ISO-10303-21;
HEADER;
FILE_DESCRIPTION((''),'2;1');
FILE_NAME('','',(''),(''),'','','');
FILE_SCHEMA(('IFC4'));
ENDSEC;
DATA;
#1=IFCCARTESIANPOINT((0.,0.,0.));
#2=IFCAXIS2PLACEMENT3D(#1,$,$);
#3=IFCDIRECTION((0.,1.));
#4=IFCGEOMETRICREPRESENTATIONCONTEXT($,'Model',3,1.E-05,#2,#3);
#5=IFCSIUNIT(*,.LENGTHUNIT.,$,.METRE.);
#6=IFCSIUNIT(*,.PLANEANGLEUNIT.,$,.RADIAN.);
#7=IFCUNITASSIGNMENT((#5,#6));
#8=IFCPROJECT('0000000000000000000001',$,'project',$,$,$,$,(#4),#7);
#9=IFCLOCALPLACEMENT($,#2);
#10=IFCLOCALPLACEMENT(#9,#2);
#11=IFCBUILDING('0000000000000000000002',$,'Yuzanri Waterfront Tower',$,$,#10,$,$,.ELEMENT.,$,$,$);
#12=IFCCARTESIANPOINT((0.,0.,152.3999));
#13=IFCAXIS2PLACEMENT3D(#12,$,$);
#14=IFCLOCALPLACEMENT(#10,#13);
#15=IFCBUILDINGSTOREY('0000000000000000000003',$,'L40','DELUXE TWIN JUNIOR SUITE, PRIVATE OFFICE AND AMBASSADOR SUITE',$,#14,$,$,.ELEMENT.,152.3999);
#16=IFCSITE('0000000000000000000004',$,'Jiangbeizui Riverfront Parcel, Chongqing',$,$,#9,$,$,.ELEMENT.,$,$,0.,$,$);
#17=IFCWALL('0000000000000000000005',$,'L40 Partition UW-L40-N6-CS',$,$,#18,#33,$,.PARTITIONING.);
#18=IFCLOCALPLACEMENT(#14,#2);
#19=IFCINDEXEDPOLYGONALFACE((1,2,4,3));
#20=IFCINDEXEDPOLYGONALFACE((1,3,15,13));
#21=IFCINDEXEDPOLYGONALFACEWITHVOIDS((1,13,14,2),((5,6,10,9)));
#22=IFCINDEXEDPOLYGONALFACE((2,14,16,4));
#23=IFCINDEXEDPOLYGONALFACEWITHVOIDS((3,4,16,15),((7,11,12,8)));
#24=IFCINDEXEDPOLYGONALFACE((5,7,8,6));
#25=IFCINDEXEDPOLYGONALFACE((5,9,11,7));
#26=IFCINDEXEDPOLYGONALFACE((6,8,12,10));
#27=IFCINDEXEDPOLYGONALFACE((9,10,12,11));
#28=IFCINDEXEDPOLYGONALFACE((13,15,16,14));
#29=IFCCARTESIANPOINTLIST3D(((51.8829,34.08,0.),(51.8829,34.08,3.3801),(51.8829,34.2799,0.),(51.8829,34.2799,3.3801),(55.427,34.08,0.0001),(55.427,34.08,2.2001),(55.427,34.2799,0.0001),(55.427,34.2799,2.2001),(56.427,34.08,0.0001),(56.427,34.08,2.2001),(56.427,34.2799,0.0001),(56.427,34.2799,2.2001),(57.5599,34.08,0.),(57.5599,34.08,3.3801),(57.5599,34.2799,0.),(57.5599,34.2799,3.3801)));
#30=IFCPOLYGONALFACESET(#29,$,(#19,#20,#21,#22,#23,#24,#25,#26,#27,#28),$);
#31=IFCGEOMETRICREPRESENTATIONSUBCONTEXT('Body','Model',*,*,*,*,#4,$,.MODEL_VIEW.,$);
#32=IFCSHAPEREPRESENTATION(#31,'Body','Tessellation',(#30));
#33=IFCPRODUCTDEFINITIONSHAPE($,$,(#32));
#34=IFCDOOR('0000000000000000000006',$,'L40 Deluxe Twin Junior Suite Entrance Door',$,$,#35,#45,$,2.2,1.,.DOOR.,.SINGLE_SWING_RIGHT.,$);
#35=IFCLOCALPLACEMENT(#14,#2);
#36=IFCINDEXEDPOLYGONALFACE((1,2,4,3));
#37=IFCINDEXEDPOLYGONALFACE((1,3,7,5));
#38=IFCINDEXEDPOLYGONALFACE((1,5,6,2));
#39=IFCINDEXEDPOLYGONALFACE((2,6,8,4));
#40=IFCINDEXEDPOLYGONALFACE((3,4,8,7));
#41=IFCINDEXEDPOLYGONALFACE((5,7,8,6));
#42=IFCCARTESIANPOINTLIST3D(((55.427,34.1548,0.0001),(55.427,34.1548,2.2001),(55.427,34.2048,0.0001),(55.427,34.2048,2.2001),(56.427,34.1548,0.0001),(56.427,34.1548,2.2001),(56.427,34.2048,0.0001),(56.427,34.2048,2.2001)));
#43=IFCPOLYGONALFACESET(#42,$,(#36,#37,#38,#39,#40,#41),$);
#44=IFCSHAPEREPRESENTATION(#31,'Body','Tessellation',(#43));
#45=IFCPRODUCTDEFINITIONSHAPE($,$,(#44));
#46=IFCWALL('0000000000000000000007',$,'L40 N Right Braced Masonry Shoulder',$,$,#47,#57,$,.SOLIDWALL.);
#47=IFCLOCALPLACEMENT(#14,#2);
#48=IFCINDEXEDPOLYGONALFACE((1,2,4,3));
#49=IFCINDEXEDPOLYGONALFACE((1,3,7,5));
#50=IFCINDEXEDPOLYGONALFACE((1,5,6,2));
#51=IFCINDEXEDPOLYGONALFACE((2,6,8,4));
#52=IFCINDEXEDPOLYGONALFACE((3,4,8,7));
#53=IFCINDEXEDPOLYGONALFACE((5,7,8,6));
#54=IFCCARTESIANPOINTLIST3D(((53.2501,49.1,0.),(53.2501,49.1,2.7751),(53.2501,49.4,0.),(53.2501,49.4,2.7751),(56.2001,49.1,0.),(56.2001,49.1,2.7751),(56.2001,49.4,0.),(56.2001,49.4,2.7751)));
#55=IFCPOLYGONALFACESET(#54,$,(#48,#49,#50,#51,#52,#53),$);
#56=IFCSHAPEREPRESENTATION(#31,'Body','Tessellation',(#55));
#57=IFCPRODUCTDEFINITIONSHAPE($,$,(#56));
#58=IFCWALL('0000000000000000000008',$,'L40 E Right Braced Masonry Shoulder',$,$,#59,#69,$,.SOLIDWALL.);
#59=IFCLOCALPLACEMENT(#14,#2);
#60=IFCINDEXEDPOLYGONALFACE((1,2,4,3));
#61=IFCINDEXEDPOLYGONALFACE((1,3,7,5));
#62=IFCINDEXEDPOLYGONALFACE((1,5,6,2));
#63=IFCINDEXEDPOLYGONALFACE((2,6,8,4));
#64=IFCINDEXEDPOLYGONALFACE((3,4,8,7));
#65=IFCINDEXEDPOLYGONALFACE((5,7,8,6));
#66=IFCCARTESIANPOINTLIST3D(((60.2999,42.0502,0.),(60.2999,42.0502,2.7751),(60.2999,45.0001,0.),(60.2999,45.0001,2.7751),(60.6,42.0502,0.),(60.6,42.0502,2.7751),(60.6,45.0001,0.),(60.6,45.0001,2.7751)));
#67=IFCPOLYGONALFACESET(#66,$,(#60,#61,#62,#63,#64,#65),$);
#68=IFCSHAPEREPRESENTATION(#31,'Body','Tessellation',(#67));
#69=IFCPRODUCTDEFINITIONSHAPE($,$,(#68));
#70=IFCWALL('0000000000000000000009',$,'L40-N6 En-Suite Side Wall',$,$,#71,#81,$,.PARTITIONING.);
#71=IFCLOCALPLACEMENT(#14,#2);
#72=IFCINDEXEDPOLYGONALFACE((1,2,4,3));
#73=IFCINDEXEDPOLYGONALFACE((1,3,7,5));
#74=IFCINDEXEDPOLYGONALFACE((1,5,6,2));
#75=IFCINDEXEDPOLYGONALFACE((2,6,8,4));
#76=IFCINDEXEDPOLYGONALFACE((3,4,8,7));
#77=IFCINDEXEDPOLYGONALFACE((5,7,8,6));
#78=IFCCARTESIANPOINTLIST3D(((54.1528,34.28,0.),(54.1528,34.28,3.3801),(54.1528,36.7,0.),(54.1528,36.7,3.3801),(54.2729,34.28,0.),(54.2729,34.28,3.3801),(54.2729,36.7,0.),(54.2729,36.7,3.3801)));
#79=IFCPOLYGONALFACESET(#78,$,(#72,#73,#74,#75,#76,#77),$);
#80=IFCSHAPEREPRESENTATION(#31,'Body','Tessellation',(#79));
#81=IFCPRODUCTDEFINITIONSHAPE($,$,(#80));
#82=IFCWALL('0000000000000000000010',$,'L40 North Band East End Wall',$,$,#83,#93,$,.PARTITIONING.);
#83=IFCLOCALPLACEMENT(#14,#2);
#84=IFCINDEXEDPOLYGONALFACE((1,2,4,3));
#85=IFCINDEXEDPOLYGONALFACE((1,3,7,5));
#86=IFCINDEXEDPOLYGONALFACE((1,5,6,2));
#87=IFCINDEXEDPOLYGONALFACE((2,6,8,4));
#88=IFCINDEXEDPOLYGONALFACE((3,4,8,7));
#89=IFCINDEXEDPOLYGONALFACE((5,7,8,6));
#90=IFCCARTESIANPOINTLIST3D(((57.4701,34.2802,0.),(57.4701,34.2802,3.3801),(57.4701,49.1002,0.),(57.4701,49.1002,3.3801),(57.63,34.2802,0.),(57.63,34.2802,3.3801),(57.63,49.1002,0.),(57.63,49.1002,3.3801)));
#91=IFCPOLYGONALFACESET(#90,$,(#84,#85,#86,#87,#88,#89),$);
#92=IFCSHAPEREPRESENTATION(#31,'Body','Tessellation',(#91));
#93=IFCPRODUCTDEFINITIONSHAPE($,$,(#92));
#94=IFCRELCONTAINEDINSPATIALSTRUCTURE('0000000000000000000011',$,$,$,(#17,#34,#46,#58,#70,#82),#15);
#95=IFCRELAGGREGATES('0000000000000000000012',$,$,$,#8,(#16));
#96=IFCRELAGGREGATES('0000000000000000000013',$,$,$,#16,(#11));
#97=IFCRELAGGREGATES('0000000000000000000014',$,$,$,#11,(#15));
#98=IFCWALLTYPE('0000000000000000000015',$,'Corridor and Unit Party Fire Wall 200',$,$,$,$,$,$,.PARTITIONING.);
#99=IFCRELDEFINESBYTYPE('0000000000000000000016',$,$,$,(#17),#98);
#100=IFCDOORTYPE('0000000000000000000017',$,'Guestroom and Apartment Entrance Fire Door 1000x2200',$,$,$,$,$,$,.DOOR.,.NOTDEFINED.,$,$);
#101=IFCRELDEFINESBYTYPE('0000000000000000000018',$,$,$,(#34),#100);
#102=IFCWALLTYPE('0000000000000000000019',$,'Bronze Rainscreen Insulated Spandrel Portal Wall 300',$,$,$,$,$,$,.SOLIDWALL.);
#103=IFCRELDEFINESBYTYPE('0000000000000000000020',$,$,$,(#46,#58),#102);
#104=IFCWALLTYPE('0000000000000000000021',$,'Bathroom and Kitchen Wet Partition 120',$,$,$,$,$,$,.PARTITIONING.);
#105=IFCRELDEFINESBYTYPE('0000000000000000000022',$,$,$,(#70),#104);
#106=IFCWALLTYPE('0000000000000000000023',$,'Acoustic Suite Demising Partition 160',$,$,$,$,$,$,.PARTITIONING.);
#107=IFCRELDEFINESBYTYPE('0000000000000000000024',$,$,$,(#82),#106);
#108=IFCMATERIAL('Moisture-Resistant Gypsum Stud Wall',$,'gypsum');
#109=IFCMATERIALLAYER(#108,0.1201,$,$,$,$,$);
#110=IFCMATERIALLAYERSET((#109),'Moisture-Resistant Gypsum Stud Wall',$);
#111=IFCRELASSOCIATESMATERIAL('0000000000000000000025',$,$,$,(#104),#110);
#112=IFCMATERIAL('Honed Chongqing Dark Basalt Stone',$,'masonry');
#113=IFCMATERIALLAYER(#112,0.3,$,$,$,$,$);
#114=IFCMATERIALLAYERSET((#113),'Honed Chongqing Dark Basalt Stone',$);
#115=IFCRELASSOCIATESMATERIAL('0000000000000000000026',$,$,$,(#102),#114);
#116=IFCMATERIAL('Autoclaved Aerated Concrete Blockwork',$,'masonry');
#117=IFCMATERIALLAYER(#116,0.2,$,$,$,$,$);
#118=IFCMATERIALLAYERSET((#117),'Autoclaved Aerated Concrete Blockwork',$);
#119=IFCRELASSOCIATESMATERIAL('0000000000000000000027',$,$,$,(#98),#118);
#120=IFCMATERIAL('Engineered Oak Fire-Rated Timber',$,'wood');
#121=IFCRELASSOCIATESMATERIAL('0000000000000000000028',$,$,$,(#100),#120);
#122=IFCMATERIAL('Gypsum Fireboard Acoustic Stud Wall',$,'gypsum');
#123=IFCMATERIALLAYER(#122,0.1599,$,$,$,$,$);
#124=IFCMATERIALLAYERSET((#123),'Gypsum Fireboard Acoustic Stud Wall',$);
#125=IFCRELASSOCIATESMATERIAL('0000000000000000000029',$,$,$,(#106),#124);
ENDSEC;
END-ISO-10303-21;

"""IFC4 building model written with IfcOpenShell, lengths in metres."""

from ifc_helpers import new_model, si_unit, direction, frame, frame_2d, origin, place, context, subcontext, project, spatial, rectangle, extrude, source, transform, mapped, material, layer, layer_set, type_object, element, fill, save


model = new_model("IFC4")

# Units and contexts
model_context = context("Model", 3, precision=1e-05, world=origin(), true_north=direction((0.0, 1.0)))
body_context = subcontext(model_context, "Body", "Model", "MODEL_VIEW")
ifc_project = project(units=[si_unit("LENGTHUNIT", "METRE"), si_unit("PLANEANGLEUNIT", "RADIAN")], contexts=[model_context])

# Site, building, storey
site_placement = place(None, origin())
site = spatial("IfcSite", under=ifc_project, at=site_placement, Name="Jiangbeizui Riverfront Parcel, Chongqing", CompositionType="ELEMENT", RefElevation=0.0)
building_placement = place(site_placement, origin())
building = spatial("IfcBuilding", under=site, at=building_placement, Name="Yuzanri Waterfront Tower", CompositionType="ELEMENT")
storey_placement = place(building_placement, frame((0.0, 0.0, 152.3999)))
storey = spatial("IfcBuildingStorey", under=building, at=storey_placement, Name="L40", Description="DELUXE TWIN JUNIOR SUITE, PRIVATE OFFICE AND AMBASSADOR SUITE", CompositionType="ELEMENT", Elevation=152.3999)

# Shared definitions
ifc_material_1 = material(Name="Moisture-Resistant Gypsum Stud Wall", Category="gypsum")
ifc_layer_1 = layer(ifc_material_1, 0.1201)
ifc_layer_set_1 = layer_set([ifc_layer_1], Name="Moisture-Resistant Gypsum Stud Wall")
wall_type_1 = type_object("IfcWallType", Name="Bathroom and Kitchen Wet Partition 120", PredefinedType="PARTITIONING", material=ifc_layer_set_1)

# Shared definitions
ifc_material_2 = material(Name="Honed Chongqing Dark Basalt Stone", Category="masonry")
ifc_layer_2 = layer(ifc_material_2, 0.3)
ifc_layer_set_2 = layer_set([ifc_layer_2], Name="Honed Chongqing Dark Basalt Stone")
wall_type_2 = type_object("IfcWallType", Name="Bronze Rainscreen Insulated Spandrel Portal Wall 300", PredefinedType="SOLIDWALL", material=ifc_layer_set_2)

# Wall, opening, door
ifc_material_3 = material(Name="Autoclaved Aerated Concrete Blockwork", Category="masonry")
ifc_layer_3 = layer(ifc_material_3, 0.2)
ifc_layer_set_3 = layer_set([ifc_layer_3], Name="Autoclaved Aerated Concrete Blockwork")
wall_type_3 = type_object("IfcWallType", Name="Corridor and Unit Party Fire Wall 200", PredefinedType="PARTITIONING", material=ifc_layer_set_3)
wall_1_placement = place(storey_placement, frame((51.8831, 34.1799, 0.0), z_axis=(0.0, 0.0, 1.0), x_axis=(1.0, 0.0, 0.0)))
wall_1 = element("IfcWall", 1, at=wall_1_placement, inside=storey, type_object=wall_type_3, Name="L40 Partition UW-L40-N6-CS", PredefinedType="PARTITIONING", context=body_context, shape_type="SweptSolid", body=[
    extrude(rectangle(XDim=5.677, YDim=0.2, at=frame_2d((2.8384, 0.0))), origin(), (0.0, 0.0, 1.0), 3.3801),
])
opening_1_placement = place(wall_1_placement, frame((3.5439, 0.0, 0.0)))
opening_1 = element("IfcOpeningElement", 2, at=opening_1_placement, cuts=wall_1, PredefinedType="OPENING", context=body_context, shape_type="SweptSolid", body=[
    extrude(rectangle(XDim=1.0, YDim=2.2, at=frame_2d((0.5, 1.1001))), frame((0.0, 0.1147, 0.0), z_axis=(0.0, -1.0, 0.0), x_axis=(1.0, 0.0, 0.0)), (0.0, 0.0, 1.0), 0.2297),
])
ifc_material_4 = material(Name="Engineered Oak Fire-Rated Timber", Category="wood")
door_type_1 = type_object("IfcDoorType", Name="Guestroom and Apartment Entrance Fire Door 1000x2200", OperationType="NOTDEFINED", PredefinedType="DOOR", material=ifc_material_4)
shared_shape_1 = source(origin(), body_context, "Body", "SweptSolid", [
    extrude(rectangle(XDim=1.0, YDim=2.2, at=frame_2d((0.5, 1.1001))), frame((0.0, 0.0249, 0.0), z_axis=(0.0, -1.0, 0.0), x_axis=(1.0, 0.0, 0.0)), (0.0, 0.0, 1.0), 0.05),
])
door_1_placement = place(opening_1_placement, origin())
door_1 = element("IfcDoor", 3, at=door_1_placement, inside=storey, type_object=door_type_1, Name="L40 Deluxe Twin Junior Suite Entrance Door", OperationType="SINGLE_SWING_RIGHT", OverallHeight=2.2, OverallWidth=1.0, PredefinedType="DOOR", context=body_context, shape_type="MappedRepresentation", body=[
    mapped(shared_shape_1, transform((0.0, 0.0, 0.0), scale=1.0)),
])
fill(opening_1, door_1)

# Walls
shared_shape_2 = source(origin(), body_context, "Body", "SweptSolid", [
    extrude(rectangle(XDim=2.95, YDim=0.3, at=frame_2d((1.4751, 0.0))), origin(), (0.0, 0.0, 1.0), 2.7751),
])
for number, where, z_axis, x_axis, name in (
    (4, (53.25, 49.25, 0.0), (0.0, 0.0, 1.0), (1.0, 0.0, 0.0), "L40 N Right Braced Masonry Shoulder"),
    (5, (60.45, 42.05, 0.0), (0.0, 0.0, 1.0), (0.0, 1.0, 0.0), "L40 E Right Braced Masonry Shoulder"),
):
    element("IfcWall", number, at=place(storey_placement, frame(where, z_axis=z_axis, x_axis=x_axis)), inside=storey, type_object=wall_type_2, Name=name, PredefinedType="SOLIDWALL", context=body_context, shape_type="MappedRepresentation", body=[
        mapped(shared_shape_2, transform((0.0, 0.0, 0.0), scale=1.0)),
    ])
shared_shape_3 = source(origin(), body_context, "Body", "SweptSolid", [
    extrude(rectangle(XDim=2.4199, YDim=0.1201, at=frame_2d((1.21, 0.0))), origin(), (0.0, 0.0, 1.0), 3.3801),
])
wall_2_placement = place(storey_placement, frame((54.2129, 34.28, 0.0), z_axis=(0.0, 0.0, 1.0), x_axis=(0.0, 1.0, 0.0)))
element("IfcWall", 6, at=wall_2_placement, inside=storey, type_object=wall_type_1, Name="L40-N6 En-Suite Side Wall", PredefinedType="PARTITIONING", context=body_context, shape_type="MappedRepresentation", body=[
    mapped(shared_shape_3, transform((0.0, 0.0, 0.0), scale=1.0)),
])
ifc_material_5 = material(Name="Gypsum Fireboard Acoustic Stud Wall", Category="gypsum")
ifc_layer_4 = layer(ifc_material_5, 0.1599)
ifc_layer_set_4 = layer_set([ifc_layer_4], Name="Gypsum Fireboard Acoustic Stud Wall")
wall_type_4 = type_object("IfcWallType", Name="Acoustic Suite Demising Partition 160", PredefinedType="PARTITIONING", material=ifc_layer_set_4)
shared_shape_4 = source(origin(), body_context, "Body", "SweptSolid", [
    extrude(rectangle(XDim=14.8201, YDim=0.1599, at=frame_2d((7.4102, 0.0))), origin(), (0.0, 0.0, 1.0), 3.3801),
])
wall_3_placement = place(storey_placement, frame((57.55, 34.28, 0.0), z_axis=(0.0, 0.0, 1.0), x_axis=(0.0, 1.0, 0.0)))
element("IfcWall", 7, at=wall_3_placement, inside=storey, type_object=wall_type_4, Name="L40 North Band East End Wall", PredefinedType="PARTITIONING", context=body_context, shape_type="MappedRepresentation", body=[
    mapped(shared_shape_4, transform((0.0, 0.0, 0.0), scale=1.0)),
])

save(model, "model.ifc")
